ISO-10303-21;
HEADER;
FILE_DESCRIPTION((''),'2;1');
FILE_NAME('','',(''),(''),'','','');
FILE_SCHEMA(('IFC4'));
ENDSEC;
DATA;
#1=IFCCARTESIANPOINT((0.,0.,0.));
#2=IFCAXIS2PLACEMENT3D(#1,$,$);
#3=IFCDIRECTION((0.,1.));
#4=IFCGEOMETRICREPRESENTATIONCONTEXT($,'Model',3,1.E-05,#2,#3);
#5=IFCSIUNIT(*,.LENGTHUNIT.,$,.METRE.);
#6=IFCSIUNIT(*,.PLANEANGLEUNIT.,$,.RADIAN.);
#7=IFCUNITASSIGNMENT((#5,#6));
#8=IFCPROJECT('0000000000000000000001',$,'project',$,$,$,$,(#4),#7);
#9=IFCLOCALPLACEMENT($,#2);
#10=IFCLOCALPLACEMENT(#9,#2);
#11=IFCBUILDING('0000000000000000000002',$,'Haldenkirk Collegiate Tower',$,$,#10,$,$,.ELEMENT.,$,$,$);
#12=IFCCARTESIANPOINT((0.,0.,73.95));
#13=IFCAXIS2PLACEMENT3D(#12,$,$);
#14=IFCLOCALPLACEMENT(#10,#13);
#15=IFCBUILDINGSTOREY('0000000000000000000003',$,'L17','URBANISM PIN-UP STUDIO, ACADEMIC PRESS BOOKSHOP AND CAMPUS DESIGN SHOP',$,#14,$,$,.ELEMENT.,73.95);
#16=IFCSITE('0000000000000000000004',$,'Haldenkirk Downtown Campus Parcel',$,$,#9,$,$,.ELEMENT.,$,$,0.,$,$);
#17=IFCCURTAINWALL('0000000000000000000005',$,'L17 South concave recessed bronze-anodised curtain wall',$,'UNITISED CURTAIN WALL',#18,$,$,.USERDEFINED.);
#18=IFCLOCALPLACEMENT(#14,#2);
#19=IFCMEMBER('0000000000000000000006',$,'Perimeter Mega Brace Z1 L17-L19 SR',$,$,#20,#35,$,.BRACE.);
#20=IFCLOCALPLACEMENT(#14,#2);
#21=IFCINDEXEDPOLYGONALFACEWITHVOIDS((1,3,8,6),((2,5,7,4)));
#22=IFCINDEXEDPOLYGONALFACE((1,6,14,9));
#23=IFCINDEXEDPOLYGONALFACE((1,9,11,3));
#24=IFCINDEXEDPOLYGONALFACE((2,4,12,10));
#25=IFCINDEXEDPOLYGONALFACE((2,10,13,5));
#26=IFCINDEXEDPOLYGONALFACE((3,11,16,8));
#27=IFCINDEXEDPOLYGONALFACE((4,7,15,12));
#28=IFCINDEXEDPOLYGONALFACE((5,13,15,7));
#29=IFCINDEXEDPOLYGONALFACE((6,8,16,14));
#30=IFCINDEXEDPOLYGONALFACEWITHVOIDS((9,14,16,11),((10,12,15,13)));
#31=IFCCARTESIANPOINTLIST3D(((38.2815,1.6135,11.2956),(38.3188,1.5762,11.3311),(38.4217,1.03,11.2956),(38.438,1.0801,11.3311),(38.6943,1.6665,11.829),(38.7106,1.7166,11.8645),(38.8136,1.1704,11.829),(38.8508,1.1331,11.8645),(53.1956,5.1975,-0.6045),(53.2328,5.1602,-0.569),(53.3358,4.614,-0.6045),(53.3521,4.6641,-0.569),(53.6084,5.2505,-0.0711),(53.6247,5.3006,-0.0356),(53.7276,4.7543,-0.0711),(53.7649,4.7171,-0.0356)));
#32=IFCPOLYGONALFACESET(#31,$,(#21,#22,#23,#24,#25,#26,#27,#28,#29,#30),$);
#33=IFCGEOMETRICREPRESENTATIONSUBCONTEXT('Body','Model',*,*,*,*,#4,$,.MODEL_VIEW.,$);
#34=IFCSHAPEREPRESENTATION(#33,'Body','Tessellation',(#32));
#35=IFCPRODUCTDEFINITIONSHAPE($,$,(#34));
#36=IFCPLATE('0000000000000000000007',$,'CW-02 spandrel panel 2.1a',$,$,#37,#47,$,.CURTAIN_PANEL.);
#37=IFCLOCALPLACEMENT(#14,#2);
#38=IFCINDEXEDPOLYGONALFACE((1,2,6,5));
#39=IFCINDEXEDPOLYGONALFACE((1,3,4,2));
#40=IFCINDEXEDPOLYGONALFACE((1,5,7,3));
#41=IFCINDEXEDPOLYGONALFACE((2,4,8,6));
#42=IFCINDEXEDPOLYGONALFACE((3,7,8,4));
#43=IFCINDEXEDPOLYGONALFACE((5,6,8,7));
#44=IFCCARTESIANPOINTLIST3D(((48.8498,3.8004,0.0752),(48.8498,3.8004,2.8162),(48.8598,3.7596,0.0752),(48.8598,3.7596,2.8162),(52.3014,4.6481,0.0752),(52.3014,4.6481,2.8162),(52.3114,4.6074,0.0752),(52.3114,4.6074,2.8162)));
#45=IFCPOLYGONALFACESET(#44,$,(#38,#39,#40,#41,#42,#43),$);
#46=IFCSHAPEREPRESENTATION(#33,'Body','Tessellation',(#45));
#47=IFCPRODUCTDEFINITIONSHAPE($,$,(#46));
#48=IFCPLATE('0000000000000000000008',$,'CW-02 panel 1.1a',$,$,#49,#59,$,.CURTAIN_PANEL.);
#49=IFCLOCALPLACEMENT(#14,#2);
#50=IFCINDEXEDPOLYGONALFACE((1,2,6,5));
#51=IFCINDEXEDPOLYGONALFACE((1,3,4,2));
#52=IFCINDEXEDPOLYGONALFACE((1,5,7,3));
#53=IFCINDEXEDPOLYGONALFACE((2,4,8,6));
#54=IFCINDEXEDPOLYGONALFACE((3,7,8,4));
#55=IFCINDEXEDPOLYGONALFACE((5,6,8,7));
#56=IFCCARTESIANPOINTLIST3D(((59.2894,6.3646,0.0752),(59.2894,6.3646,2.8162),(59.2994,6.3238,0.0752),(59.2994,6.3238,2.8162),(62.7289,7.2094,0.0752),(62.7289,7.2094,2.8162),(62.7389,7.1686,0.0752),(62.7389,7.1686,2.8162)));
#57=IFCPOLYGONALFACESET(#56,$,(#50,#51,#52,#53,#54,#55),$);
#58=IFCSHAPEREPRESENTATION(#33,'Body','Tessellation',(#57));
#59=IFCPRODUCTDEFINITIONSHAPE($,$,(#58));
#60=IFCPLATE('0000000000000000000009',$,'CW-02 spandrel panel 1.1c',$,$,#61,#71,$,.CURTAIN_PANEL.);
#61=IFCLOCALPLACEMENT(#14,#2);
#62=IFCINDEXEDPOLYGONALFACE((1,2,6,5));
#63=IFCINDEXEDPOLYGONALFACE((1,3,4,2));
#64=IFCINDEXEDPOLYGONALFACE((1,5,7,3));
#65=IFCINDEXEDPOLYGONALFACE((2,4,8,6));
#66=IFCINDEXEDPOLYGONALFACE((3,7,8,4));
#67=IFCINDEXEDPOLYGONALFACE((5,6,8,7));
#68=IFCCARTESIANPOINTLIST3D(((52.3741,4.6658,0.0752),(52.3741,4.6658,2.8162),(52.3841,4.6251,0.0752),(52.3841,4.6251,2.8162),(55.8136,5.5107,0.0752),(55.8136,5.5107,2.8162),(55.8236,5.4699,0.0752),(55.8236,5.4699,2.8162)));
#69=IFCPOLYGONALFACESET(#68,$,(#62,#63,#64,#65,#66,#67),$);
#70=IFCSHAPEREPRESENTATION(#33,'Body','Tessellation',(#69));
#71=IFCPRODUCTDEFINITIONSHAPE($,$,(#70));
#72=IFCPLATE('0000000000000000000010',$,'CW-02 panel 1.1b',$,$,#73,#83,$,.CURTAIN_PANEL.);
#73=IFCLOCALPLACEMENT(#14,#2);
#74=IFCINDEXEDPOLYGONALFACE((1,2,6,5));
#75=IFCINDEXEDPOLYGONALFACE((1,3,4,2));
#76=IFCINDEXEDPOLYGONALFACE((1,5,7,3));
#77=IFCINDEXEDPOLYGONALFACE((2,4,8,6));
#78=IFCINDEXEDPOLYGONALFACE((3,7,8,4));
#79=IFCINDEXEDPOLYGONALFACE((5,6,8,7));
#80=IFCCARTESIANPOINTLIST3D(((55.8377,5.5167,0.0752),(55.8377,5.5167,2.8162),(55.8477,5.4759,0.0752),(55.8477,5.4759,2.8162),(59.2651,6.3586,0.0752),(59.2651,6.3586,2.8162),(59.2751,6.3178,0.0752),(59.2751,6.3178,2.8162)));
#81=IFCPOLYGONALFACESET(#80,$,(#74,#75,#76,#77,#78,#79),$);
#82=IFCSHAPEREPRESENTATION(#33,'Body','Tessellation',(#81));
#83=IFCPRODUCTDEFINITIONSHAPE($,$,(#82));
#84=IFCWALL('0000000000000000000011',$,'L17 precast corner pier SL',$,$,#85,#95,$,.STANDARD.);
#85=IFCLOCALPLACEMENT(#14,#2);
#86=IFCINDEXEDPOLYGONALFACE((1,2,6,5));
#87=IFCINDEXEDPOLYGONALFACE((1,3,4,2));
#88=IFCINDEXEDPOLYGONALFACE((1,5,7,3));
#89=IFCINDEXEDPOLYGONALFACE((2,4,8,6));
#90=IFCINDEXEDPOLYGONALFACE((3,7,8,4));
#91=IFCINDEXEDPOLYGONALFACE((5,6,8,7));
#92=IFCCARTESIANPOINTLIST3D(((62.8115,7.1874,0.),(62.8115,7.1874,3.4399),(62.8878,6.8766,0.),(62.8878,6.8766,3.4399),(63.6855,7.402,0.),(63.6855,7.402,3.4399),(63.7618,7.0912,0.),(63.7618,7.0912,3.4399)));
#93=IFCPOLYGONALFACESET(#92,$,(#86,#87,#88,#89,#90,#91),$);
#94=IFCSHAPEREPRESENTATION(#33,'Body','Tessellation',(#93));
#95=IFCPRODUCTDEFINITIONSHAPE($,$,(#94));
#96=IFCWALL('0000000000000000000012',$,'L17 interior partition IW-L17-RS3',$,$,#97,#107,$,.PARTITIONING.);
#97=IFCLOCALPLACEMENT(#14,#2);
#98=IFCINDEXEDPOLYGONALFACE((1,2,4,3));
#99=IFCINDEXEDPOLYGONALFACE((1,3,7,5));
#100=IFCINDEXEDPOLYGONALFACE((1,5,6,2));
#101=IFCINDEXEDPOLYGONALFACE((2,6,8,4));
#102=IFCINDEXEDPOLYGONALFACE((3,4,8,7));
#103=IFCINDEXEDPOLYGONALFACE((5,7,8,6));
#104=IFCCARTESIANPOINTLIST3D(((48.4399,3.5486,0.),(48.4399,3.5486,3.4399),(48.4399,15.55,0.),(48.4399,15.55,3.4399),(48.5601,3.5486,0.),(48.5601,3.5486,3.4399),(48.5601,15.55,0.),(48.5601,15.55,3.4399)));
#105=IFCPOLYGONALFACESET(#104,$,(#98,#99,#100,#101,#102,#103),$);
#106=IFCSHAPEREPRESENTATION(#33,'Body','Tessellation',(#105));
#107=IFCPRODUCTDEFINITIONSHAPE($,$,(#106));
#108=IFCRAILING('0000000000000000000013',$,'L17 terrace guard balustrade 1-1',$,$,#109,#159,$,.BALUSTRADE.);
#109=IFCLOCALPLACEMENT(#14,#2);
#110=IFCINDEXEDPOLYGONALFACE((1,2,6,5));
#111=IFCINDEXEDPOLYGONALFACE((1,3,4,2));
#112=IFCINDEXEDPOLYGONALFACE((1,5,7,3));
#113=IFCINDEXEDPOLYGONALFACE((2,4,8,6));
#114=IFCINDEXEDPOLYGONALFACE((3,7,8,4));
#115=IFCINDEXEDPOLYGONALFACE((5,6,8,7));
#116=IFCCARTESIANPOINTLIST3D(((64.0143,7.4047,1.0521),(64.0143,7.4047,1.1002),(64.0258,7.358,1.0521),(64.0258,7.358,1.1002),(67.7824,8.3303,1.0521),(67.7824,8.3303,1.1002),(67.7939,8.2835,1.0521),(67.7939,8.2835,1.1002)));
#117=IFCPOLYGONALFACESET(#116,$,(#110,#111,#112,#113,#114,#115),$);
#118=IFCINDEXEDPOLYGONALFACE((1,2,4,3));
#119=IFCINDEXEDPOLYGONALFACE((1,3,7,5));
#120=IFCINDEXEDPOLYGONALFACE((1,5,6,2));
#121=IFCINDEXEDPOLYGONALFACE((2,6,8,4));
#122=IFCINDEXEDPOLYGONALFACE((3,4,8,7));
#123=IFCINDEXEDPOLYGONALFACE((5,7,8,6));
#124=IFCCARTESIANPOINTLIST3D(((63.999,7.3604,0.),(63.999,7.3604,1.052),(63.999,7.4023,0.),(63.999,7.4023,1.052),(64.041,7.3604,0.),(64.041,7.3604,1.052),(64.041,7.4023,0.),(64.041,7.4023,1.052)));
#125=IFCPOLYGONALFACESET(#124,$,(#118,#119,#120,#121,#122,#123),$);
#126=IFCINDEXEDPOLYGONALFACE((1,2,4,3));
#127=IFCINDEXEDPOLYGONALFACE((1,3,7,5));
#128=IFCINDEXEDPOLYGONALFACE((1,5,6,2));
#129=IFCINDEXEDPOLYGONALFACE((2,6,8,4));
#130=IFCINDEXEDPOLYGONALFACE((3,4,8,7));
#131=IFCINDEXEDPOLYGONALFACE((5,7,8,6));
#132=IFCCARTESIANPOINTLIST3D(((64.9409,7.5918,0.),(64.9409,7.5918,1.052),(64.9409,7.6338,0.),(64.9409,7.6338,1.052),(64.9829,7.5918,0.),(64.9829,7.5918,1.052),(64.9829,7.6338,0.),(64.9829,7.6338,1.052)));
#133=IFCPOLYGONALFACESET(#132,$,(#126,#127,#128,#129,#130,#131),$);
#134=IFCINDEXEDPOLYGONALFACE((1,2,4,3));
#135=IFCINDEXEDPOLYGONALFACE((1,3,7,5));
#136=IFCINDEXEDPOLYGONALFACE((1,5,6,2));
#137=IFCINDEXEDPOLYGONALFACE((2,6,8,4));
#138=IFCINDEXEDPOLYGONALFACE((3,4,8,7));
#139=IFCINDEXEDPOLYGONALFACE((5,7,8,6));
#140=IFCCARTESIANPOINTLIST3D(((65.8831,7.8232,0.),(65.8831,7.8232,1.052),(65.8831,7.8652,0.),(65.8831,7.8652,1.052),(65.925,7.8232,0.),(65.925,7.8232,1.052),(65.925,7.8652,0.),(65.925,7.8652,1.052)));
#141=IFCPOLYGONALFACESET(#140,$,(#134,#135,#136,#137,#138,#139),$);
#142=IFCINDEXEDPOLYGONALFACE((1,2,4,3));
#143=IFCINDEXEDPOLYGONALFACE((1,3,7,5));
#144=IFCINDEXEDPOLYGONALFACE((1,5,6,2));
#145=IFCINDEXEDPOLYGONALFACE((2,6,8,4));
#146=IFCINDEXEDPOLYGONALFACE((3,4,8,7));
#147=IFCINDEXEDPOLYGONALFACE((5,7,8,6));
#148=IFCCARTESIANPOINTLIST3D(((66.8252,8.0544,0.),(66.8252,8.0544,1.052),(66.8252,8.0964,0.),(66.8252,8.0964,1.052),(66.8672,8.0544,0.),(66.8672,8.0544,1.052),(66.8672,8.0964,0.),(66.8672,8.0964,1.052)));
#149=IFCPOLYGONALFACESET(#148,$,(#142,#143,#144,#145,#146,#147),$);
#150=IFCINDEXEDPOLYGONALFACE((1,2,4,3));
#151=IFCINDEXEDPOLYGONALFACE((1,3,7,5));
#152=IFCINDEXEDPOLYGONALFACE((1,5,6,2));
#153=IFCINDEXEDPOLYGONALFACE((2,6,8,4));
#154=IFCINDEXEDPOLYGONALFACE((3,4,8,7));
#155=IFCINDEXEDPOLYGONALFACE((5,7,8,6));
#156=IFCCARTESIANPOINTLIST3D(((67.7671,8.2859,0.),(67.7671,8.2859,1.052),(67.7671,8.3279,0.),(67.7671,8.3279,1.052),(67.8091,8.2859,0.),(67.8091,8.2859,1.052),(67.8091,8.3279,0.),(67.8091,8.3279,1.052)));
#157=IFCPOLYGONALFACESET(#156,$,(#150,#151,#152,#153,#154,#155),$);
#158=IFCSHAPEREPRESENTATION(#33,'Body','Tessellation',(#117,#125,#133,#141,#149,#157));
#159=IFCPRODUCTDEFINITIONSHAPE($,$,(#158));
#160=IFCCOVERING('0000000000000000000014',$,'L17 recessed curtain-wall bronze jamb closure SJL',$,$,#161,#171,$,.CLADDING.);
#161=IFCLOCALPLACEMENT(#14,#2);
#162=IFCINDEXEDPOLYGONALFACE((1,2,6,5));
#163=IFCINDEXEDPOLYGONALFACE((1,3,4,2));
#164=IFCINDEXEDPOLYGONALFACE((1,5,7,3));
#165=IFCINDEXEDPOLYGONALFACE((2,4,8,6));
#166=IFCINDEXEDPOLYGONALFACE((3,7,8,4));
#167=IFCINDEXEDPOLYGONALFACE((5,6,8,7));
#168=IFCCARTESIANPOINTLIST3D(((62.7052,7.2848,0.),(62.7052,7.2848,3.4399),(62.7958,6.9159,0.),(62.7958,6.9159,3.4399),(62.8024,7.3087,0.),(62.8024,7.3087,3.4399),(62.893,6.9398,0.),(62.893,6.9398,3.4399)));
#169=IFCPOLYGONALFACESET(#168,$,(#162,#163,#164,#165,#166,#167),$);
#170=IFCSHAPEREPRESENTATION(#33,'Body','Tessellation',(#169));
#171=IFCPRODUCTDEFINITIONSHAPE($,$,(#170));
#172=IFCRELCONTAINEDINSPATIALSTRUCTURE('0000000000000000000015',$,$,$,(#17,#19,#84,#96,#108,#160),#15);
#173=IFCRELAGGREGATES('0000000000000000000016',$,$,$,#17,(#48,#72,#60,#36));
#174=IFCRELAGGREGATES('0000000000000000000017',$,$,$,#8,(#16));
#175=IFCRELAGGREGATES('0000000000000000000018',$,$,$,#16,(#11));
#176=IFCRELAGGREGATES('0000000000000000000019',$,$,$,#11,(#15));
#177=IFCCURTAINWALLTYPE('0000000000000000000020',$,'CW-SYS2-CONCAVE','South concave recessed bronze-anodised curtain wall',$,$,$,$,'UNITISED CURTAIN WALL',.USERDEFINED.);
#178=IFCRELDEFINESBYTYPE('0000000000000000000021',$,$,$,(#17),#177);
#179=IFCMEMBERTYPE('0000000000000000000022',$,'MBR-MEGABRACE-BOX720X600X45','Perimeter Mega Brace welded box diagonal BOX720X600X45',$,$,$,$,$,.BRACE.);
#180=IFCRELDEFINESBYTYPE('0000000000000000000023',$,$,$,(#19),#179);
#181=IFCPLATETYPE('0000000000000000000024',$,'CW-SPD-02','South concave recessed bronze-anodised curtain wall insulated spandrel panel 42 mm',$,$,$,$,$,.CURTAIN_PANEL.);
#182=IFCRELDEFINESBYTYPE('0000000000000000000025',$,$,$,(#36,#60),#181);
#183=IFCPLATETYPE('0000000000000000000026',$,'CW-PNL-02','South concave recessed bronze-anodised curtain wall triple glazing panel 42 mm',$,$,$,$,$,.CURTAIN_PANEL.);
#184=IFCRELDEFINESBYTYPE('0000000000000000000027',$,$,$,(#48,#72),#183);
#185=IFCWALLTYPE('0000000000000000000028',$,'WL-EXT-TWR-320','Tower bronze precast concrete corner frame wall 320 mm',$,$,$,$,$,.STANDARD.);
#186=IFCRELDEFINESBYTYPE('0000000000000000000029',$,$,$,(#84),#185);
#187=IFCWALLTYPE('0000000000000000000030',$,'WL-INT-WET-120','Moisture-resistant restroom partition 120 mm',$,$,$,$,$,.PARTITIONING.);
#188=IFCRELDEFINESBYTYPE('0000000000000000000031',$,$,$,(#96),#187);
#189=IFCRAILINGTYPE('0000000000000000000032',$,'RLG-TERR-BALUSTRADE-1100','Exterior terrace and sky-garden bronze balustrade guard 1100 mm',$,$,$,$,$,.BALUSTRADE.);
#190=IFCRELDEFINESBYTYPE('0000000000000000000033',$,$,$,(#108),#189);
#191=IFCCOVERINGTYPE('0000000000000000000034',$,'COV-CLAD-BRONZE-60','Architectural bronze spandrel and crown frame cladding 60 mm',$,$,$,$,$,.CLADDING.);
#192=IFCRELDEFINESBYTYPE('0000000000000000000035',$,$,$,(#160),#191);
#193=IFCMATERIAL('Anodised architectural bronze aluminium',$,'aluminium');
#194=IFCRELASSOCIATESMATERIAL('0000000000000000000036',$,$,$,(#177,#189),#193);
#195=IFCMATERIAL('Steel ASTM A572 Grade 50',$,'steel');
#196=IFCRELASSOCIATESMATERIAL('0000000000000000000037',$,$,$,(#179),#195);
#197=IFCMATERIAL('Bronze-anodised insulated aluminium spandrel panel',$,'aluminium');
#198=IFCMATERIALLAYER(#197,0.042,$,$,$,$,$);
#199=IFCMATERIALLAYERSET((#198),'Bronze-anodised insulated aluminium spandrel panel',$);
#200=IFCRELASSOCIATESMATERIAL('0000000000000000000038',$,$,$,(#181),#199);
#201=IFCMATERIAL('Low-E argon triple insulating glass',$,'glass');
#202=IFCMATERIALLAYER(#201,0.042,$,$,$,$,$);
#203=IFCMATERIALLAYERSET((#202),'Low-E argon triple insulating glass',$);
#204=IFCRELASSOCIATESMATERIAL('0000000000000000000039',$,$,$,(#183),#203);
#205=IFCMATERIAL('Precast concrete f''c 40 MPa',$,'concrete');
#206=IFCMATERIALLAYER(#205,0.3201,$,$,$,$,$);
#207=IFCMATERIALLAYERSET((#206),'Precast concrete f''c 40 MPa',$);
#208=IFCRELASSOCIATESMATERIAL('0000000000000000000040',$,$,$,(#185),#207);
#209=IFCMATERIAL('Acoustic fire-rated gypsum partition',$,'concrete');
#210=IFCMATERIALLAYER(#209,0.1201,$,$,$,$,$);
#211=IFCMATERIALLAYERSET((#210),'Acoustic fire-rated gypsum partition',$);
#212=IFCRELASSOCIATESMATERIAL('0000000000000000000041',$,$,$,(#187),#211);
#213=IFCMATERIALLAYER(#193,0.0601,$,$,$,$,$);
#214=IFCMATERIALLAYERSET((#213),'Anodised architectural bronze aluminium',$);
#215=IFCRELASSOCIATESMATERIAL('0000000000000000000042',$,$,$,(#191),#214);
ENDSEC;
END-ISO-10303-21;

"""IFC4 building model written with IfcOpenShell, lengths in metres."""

from ifc_helpers import new_model, si_unit, direction, frame, frame_2d, origin, origin_2d, place, context, subcontext, project, spatial, rectangle, hollow_rectangle, extrude, source, transform, mapped, material, layer, layer_set, material_profile, profile_set, type_object, element, aggregate, save


model = new_model("IFC4")

# Units and contexts
model_context = context("Model", 3, precision=1e-05, world=origin(), true_north=direction((0.0, 1.0)))
body_context = subcontext(model_context, "Body", "Model", "MODEL_VIEW")
ifc_project = project(units=[si_unit("LENGTHUNIT", "METRE"), si_unit("PLANEANGLEUNIT", "RADIAN")], contexts=[model_context])

# Site, building, storey
site_placement = place(None, origin())
site = spatial("IfcSite", under=ifc_project, at=site_placement, Name="Haldenkirk Downtown Campus Parcel", CompositionType="ELEMENT", RefElevation=0.0)
building_placement = place(site_placement, origin())
building = spatial("IfcBuilding", under=site, at=building_placement, Name="Haldenkirk Collegiate Tower", CompositionType="ELEMENT")
storey_placement = place(building_placement, frame((0.0, 0.0, 73.95)))
storey = spatial("IfcBuildingStorey", under=building, at=storey_placement, Name="L17", Description="URBANISM PIN-UP STUDIO, ACADEMIC PRESS BOOKSHOP AND CAMPUS DESIGN SHOP", CompositionType="ELEMENT", Elevation=73.95)

# Curtain wall
ifc_material_1 = material(Name="Anodised architectural bronze aluminium", Category="aluminium")
curtain_wall_type = type_object("IfcCurtainWallType", Name="CW-SYS2-CONCAVE", Description="South concave recessed bronze-anodised curtain wall", ElementType="UNITISED CURTAIN WALL", PredefinedType="USERDEFINED", material=ifc_material_1)
curtain_wall_placement = place(storey_placement, origin())
curtain_wall = element("IfcCurtainWall", 1, at=curtain_wall_placement, inside=storey, type_object=curtain_wall_type, Name="L17 South concave recessed bronze-anodised curtain wall", ObjectType="UNITISED CURTAIN WALL", PredefinedType="USERDEFINED")

# Member
ifc_material_2 = material(Name="Steel ASTM A572 Grade 50", Category="steel")
ifc_material_profile_1 = material_profile(ifc_material_2, hollow_rectangle(XDim=0.6001, YDim=0.72, WallThickness=0.0449, at=origin_2d()), Name="BOX720X600X45")
ifc_profile_set_1 = profile_set([ifc_material_profile_1], Name="Steel ASTM A572 Grade 50")
member_type_1 = type_object("IfcMemberType", Name="MBR-MEGABRACE-BOX720X600X45", Description="Perimeter Mega Brace welded box diagonal BOX720X600X45", PredefinedType="BRACE", material=ifc_profile_set_1)
member_1_placement = place(storey_placement, frame((53.4802, 4.9573, -0.3201), z_axis=(-0.768228, -0.184612, 0.61298), x_axis=(0.233657, -0.972319, 0.0)))
element("IfcMember", 2, at=member_1_placement, inside=storey, type_object=member_type_1, Name="Perimeter Mega Brace Z1 L17-L19 SR", PredefinedType="BRACE", context=body_context, shape_type="SweptSolid", body=[
    extrude(hollow_rectangle(XDim=0.6001, YDim=0.72, WallThickness=0.0449, at=origin_2d()), origin(), (0.0, 0.0, 1.0), 19.4136),
])

# Plates
ifc_material_3 = material(Name="Bronze-anodised insulated aluminium spandrel panel", Category="aluminium")
ifc_layer_1 = layer(ifc_material_3, 0.042)
ifc_layer_set_1 = layer_set([ifc_layer_1], Name="Bronze-anodised insulated aluminium spandrel panel")
plate_type_1 = type_object("IfcPlateType", Name="CW-SPD-02", Description="South concave recessed bronze-anodised curtain wall insulated spandrel panel 42 mm", PredefinedType="CURTAIN_PANEL", material=ifc_layer_set_1)
shared_shape_1 = source(origin(), body_context, "Body", "SweptSolid", [
    extrude(rectangle(XDim=3.5542, YDim=0.042, at=origin_2d()), origin(), (0.0, 0.0, 1.0), 2.741),
])
plate_1_placement = place(storey_placement, frame((50.5806, 4.2039, 0.0752), z_axis=(0.0, 0.0, 1.0), x_axis=(-0.971134, -0.238533, 0.0)))
plate_1 = element("IfcPlate", 3, at=plate_1_placement, type_object=plate_type_1, Name="CW-02 spandrel panel 2.1a", PredefinedType="CURTAIN_PANEL", context=body_context, shape_type="MappedRepresentation", body=[
    mapped(shared_shape_1, transform((0.0, 0.0, 0.0), x_axis=(1.0, 0.0, 0.0), y_axis=(0.0, 1.0, 0.0), z_axis=(0.0, 0.0, 1.0), scale=1.0)),
])
ifc_material_4 = material(Name="Low-E argon triple insulating glass", Category="glass")
ifc_layer_2 = layer(ifc_material_4, 0.042)
ifc_layer_set_2 = layer_set([ifc_layer_2], Name="Low-E argon triple insulating glass")
plate_type_2 = type_object("IfcPlateType", Name="CW-PNL-02", Description="South concave recessed bronze-anodised curtain wall triple glazing panel 42 mm", PredefinedType="CURTAIN_PANEL", material=ifc_layer_set_2)
shared_shape_2 = source(origin(), body_context, "Body", "SweptSolid", [
    extrude(rectangle(XDim=3.5417, YDim=0.042, at=origin_2d()), origin(), (0.0, 0.0, 1.0), 2.741),
])
plate_2_placement = place(storey_placement, frame((61.0142, 6.7666, 0.0752), z_axis=(0.0, 0.0, 1.0), x_axis=(-0.971134, -0.238533, 0.0)))
plate_2 = element("IfcPlate", 4, at=plate_2_placement, type_object=plate_type_2, Name="CW-02 panel 1.1a", PredefinedType="CURTAIN_PANEL", context=body_context, shape_type="MappedRepresentation", body=[
    mapped(shared_shape_2, transform((0.0, 0.0, 0.0), x_axis=(1.0, 0.0, 0.0), y_axis=(0.0, 1.0, 0.0), z_axis=(0.0, 0.0, 1.0), scale=1.0)),
])
plate_3_placement = place(storey_placement, frame((54.0989, 5.0679, 0.0752), z_axis=(0.0, 0.0, 1.0), x_axis=(-0.971134, -0.238533, 0.0)))
plate_3 = element("IfcPlate", 5, at=plate_3_placement, type_object=plate_type_1, Name="CW-02 spandrel panel 1.1c", PredefinedType="CURTAIN_PANEL", context=body_context, shape_type="MappedRepresentation", body=[
    mapped(shared_shape_2, transform((0.0, 0.0, 0.0), x_axis=(1.0, 0.0, 0.0), y_axis=(0.0, 1.0, 0.0), z_axis=(0.0, 0.0, 1.0), scale=1.0)),
])
shared_shape_3 = source(origin(), body_context, "Body", "SweptSolid", [
    extrude(rectangle(XDim=3.5293, YDim=0.042, at=origin_2d()), origin(), (0.0, 0.0, 1.0), 2.741),
])
plate_4_placement = place(storey_placement, frame((57.5564, 5.9172, 0.0752), z_axis=(0.0, 0.0, 1.0), x_axis=(-0.971134, -0.238533, 0.0)))
plate_4 = element("IfcPlate", 6, at=plate_4_placement, type_object=plate_type_2, Name="CW-02 panel 1.1b", PredefinedType="CURTAIN_PANEL", context=body_context, shape_type="MappedRepresentation", body=[
    mapped(shared_shape_3, transform((0.0, 0.0, 0.0), x_axis=(1.0, 0.0, 0.0), y_axis=(0.0, 1.0, 0.0), z_axis=(0.0, 0.0, 1.0), scale=1.0)),
])
aggregate(curtain_wall, [plate_2, plate_4, plate_3, plate_1])

# Walls
ifc_material_5 = material(Name="Precast concrete f'c 40 MPa", Category="concrete")
ifc_layer_3 = layer(ifc_material_5, 0.3201)
ifc_layer_set_3 = layer_set([ifc_layer_3], Name="Precast concrete f'c 40 MPa")
wall_type_1 = type_object("IfcWallType", Name="WL-EXT-TWR-320", Description="Tower bronze precast concrete corner frame wall 320 mm", PredefinedType="STANDARD", material=ifc_layer_set_3)
wall_1_placement = place(storey_placement, frame((63.7236, 7.2466, 0.0), z_axis=(0.0, 0.0, 1.0), x_axis=(-0.971155, -0.238448, 0.0)))
element("IfcWall", 7, at=wall_1_placement, inside=storey, type_object=wall_type_1, Name="L17 precast corner pier SL", PredefinedType="STANDARD", context=body_context, shape_type="SweptSolid", body=[
    extrude(rectangle(XDim=0.8999, YDim=0.3201, at=frame_2d((0.45, 0.0))), origin(), (0.0, 0.0, 1.0), 3.4399),
])
ifc_material_6 = material(Name="Acoustic fire-rated gypsum partition", Category="concrete")
ifc_layer_4 = layer(ifc_material_6, 0.1201)
ifc_layer_set_4 = layer_set([ifc_layer_4], Name="Acoustic fire-rated gypsum partition")
wall_type_2 = type_object("IfcWallType", Name="WL-INT-WET-120", Description="Moisture-resistant restroom partition 120 mm", PredefinedType="PARTITIONING", material=ifc_layer_set_4)
wall_2_placement = place(storey_placement, frame((48.5, 3.5486, 0.0), z_axis=(0.0, 0.0, 1.0), x_axis=(0.0, 1.0, 0.0)))
element("IfcWall", 8, at=wall_2_placement, inside=storey, type_object=wall_type_2, Name="L17 interior partition IW-L17-RS3", PredefinedType="PARTITIONING", context=body_context, shape_type="SweptSolid", body=[
    extrude(rectangle(XDim=12.0015, YDim=0.1201, at=frame_2d((6.0007, 0.0))), origin(), (0.0, 0.0, 1.0), 3.4399),
])

# Railing
railing_type = type_object("IfcRailingType", Name="RLG-TERR-BALUSTRADE-1100", Description="Exterior terrace and sky-garden bronze balustrade guard 1100 mm", PredefinedType="BALUSTRADE", material=ifc_material_1)
railing_placement = place(storey_placement, frame((64.02, 7.3813, 0.0)))
element("IfcRailing", 9, at=railing_placement, inside=storey, type_object=railing_type, Name="L17 terrace guard balustrade 1-1", PredefinedType="BALUSTRADE", context=body_context, shape_type="SweptSolid", body=[
    extrude(rectangle(XDim=0.0481, YDim=0.0481, at=origin_2d()), frame((0.0, 0.0, 1.0762), z_axis=(0.971134, 0.238536, 0.0), x_axis=(-0.238536, 0.971134, 0.0)), (0.0, 0.0, 1.0), 3.8801),
    extrude(rectangle(XDim=0.042, YDim=0.042, at=origin_2d()), origin(), (0.0, 0.0, 1.0), 1.052),
    extrude(rectangle(XDim=0.042, YDim=0.042, at=origin_2d()), frame((0.9419, 0.2314, 0.0)), (0.0, 0.0, 1.0), 1.052),
    extrude(rectangle(XDim=0.042, YDim=0.042, at=origin_2d()), frame((1.884, 0.4629, 0.0)), (0.0, 0.0, 1.0), 1.052),
    extrude(rectangle(XDim=0.042, YDim=0.042, at=origin_2d()), frame((2.8262, 0.6941, 0.0)), (0.0, 0.0, 1.0), 1.052),
    extrude(rectangle(XDim=0.042, YDim=0.042, at=origin_2d()), frame((3.7681, 0.9255, 0.0)), (0.0, 0.0, 1.0), 1.052),
])

# Covering
ifc_layer_5 = layer(ifc_material_1, 0.0601)
ifc_layer_set_5 = layer_set([ifc_layer_5], Name="Anodised architectural bronze aluminium")
covering_type = type_object("IfcCoveringType", Name="COV-CLAD-BRONZE-60", Description="Architectural bronze spandrel and crown frame cladding 60 mm", PredefinedType="CLADDING", material=ifc_layer_set_5)
shared_shape_4 = source(origin(), body_context, "Body", "SweptSolid", [
    extrude(rectangle(XDim=0.1001, YDim=0.3799, at=origin_2d()), origin(), (0.0, 0.0, 1.0), 3.4399),
])
covering_placement = place(storey_placement, frame((62.7991, 7.1123, 0.0), z_axis=(0.0, 0.0, 1.0), x_axis=(-0.971134, -0.238533, 0.0)))
element("IfcCovering", 10, at=covering_placement, inside=storey, type_object=covering_type, Name="L17 recessed curtain-wall bronze jamb closure SJL", PredefinedType="CLADDING", context=body_context, shape_type="MappedRepresentation", body=[
    mapped(shared_shape_4, transform((0.0, 0.0, 0.0), x_axis=(1.0, 0.0, 0.0), y_axis=(0.0, 1.0, 0.0), z_axis=(0.0, 0.0, 1.0), scale=1.0)),
])

save(model, "model.ifc")
